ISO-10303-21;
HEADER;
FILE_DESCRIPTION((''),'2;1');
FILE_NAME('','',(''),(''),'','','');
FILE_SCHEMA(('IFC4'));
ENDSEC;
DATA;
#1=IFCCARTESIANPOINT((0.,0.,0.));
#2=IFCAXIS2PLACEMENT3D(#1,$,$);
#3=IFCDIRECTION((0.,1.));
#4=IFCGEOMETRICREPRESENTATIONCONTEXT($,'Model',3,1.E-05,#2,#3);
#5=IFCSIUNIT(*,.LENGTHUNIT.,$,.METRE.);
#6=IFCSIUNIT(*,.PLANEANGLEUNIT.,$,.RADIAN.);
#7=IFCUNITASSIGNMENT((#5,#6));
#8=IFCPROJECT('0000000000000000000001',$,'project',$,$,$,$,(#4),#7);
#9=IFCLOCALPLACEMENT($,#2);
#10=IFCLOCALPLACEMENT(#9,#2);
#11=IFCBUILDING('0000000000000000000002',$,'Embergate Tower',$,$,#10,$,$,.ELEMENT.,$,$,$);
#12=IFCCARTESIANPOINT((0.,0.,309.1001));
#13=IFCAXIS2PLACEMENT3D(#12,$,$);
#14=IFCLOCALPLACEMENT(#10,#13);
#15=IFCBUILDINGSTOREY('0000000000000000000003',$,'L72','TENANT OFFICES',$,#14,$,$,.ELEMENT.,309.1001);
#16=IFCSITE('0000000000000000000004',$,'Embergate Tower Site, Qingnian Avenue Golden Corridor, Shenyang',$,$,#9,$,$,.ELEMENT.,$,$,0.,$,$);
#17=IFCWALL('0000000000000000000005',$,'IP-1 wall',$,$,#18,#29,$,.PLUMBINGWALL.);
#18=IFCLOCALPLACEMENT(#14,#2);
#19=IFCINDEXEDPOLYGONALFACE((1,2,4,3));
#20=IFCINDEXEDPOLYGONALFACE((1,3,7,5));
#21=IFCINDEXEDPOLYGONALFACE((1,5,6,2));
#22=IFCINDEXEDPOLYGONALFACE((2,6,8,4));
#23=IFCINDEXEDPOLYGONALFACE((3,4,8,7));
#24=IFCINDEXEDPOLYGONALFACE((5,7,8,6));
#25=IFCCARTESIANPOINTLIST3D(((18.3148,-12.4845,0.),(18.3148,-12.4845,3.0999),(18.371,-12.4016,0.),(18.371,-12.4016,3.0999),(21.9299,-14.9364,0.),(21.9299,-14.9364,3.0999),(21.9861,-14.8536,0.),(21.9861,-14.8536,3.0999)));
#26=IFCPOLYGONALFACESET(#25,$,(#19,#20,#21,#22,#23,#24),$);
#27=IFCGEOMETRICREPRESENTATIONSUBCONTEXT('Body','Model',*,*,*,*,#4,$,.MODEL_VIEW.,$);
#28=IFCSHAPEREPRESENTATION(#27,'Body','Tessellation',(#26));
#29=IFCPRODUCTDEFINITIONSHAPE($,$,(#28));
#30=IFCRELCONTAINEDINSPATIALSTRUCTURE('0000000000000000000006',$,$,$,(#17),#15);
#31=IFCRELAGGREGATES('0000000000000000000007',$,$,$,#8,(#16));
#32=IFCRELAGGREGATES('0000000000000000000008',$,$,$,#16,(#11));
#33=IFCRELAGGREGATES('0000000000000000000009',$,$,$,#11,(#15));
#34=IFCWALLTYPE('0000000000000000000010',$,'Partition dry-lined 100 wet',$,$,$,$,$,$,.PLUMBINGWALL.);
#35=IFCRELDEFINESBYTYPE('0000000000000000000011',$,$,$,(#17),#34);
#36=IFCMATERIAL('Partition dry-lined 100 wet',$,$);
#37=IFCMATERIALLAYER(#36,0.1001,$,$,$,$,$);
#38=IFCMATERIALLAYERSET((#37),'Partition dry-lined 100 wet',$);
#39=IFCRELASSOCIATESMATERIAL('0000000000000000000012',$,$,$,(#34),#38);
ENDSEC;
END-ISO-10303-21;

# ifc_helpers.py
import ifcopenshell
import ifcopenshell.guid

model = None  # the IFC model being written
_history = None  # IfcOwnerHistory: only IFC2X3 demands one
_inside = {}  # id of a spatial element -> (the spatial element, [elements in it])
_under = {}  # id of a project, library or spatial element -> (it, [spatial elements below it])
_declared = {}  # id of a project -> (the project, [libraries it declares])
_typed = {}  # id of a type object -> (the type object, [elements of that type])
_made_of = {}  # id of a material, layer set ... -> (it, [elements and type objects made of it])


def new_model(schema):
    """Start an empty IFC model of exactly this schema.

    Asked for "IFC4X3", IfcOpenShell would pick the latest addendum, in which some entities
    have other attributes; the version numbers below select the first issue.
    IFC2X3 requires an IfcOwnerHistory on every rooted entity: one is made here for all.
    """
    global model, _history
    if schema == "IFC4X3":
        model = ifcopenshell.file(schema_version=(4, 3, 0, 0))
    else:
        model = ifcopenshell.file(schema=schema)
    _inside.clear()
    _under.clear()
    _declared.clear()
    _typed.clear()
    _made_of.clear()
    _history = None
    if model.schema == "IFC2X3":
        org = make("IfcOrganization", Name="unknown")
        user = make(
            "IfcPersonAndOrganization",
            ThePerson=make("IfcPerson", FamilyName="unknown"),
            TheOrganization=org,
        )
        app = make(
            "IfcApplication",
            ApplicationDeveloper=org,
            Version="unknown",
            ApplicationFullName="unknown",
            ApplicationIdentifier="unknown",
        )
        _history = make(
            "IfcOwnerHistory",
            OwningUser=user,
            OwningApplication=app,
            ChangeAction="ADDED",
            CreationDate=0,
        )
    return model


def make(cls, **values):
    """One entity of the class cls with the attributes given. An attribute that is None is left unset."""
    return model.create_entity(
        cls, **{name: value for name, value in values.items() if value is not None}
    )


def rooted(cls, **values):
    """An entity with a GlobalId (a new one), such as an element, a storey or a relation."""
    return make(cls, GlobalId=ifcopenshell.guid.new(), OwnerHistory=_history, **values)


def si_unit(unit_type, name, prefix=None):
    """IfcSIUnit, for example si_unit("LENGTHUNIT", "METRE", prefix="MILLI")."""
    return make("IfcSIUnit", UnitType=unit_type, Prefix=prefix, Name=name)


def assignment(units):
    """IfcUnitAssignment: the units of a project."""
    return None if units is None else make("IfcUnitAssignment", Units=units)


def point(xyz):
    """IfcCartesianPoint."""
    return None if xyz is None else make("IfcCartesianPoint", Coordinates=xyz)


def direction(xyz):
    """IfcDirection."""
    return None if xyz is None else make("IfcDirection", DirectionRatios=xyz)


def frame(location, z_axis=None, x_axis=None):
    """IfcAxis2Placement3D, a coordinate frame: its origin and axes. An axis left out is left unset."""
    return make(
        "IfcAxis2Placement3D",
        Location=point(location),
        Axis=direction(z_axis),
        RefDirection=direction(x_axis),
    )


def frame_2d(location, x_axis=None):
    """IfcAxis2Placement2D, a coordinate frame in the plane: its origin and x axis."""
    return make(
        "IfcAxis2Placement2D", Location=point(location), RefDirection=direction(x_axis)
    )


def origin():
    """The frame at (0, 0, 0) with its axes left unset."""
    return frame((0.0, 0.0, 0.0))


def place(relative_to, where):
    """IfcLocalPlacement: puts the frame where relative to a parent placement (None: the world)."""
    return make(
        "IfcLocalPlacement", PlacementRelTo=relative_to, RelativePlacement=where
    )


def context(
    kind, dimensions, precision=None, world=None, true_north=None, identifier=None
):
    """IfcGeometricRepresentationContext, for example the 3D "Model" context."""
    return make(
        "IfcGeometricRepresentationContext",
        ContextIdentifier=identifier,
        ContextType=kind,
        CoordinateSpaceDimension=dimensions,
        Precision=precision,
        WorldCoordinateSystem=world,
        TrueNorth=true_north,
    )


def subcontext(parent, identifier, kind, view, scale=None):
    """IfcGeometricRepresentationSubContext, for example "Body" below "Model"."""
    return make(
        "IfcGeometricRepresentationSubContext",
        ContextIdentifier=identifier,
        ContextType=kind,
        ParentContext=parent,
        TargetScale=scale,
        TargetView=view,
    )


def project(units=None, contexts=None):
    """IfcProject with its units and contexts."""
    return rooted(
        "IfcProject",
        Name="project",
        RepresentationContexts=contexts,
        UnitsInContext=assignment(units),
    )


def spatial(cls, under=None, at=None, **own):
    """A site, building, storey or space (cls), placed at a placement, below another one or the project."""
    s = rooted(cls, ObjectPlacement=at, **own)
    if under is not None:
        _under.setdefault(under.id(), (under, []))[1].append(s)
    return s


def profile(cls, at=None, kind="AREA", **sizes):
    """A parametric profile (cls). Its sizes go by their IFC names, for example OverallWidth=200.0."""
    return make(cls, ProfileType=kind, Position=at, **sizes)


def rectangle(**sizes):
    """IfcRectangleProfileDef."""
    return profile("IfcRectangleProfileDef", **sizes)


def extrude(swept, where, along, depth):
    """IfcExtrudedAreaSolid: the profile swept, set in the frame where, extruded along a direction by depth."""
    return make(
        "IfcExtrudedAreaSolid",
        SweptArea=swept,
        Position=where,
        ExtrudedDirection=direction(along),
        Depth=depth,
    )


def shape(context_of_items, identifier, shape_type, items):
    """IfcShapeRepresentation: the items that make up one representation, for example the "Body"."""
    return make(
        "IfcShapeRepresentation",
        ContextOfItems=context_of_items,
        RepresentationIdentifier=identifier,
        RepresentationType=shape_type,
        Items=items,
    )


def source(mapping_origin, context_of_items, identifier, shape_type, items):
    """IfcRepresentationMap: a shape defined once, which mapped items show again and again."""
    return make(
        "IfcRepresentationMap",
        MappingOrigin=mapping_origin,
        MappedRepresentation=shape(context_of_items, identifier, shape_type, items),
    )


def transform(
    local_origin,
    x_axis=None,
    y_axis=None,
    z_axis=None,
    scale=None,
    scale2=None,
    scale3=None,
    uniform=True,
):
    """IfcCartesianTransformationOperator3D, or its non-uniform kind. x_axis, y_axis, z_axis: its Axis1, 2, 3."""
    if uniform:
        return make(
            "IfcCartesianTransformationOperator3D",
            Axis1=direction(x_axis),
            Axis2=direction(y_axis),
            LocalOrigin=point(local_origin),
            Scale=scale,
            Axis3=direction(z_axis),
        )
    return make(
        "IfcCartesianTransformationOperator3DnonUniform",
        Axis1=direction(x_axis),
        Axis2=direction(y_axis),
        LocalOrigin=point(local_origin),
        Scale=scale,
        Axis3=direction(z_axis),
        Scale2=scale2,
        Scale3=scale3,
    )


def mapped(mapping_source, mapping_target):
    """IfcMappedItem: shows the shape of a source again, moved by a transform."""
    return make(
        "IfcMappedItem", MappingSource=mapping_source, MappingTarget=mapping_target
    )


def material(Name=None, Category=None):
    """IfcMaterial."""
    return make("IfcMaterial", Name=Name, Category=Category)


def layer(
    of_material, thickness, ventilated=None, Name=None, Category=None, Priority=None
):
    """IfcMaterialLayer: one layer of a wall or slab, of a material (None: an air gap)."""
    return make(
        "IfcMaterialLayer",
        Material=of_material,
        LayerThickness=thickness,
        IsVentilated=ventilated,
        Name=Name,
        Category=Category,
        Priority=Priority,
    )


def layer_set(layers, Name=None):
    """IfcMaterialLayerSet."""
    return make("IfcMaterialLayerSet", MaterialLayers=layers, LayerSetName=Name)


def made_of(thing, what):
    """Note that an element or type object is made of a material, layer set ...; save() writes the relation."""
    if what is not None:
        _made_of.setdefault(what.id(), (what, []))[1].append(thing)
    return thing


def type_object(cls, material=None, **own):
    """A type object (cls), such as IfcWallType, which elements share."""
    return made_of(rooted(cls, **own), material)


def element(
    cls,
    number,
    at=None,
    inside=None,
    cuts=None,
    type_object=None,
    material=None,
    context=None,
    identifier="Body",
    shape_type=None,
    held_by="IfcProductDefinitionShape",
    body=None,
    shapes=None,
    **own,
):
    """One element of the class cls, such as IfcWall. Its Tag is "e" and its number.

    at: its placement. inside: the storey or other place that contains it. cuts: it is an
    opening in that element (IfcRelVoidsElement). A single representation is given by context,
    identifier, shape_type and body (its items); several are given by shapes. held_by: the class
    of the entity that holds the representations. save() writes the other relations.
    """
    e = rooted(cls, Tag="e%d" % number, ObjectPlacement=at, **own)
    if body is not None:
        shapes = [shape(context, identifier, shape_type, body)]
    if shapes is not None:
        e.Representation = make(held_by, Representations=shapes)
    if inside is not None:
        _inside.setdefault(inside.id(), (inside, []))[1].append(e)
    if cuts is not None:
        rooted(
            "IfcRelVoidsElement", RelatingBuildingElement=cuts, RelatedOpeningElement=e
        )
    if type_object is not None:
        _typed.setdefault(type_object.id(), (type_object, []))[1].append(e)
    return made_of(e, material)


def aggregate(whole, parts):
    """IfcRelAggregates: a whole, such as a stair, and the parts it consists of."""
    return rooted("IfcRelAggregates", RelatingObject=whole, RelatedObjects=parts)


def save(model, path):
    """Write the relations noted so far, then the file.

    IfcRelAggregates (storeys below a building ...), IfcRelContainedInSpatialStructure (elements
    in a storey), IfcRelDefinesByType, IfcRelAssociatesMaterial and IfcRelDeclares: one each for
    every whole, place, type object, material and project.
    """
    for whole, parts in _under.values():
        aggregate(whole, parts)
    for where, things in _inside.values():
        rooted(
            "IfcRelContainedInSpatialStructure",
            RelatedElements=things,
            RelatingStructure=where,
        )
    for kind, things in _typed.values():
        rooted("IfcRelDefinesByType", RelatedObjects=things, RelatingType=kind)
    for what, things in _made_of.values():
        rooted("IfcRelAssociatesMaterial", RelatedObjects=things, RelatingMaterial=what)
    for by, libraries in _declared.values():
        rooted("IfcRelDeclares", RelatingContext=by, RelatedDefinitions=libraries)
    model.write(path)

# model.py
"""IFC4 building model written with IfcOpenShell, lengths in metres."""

from ifc_helpers import new_model, si_unit, direction, frame, frame_2d, origin, place, context, subcontext, project, spatial, rectangle, extrude, source, transform, mapped, material, layer, layer_set, type_object, element, save


model = new_model("IFC4")

# Units and contexts
model_context = context("Model", 3, precision=1e-05, world=origin(), true_north=direction((0.0, 1.0)))
body_context = subcontext(model_context, "Body", "Model", "MODEL_VIEW")
ifc_project = project(units=[si_unit("LENGTHUNIT", "METRE"), si_unit("PLANEANGLEUNIT", "RADIAN")], contexts=[model_context])

# Site, building, storey
site_placement = place(None, origin())
site = spatial("IfcSite", under=ifc_project, at=site_placement, Name="Embergate Tower Site, Qingnian Avenue Golden Corridor, Shenyang", CompositionType="ELEMENT", RefElevation=0.0)
building_placement = place(site_placement, origin())
building = spatial("IfcBuilding", under=site, at=building_placement, Name="Embergate Tower", CompositionType="ELEMENT")
storey_placement = place(building_placement, frame((0.0, 0.0, 309.1001)))
storey = spatial("IfcBuildingStorey", under=building, at=storey_placement, Name="L72", Description="TENANT OFFICES", CompositionType="ELEMENT", Elevation=309.1001)

# Wall
ifc_material_1 = material(Name="Partition dry-lined 100 wet")
ifc_layer_1 = layer(ifc_material_1, 0.1001)
ifc_layer_set_1 = layer_set([ifc_layer_1], Name="Partition dry-lined 100 wet")
wall_type = type_object("IfcWallType", Name="Partition dry-lined 100 wet", PredefinedType="PLUMBINGWALL", material=ifc_layer_set_1)
shared_shape_1 = source(origin(), body_context, "Body", "SweptSolid", [
    extrude(rectangle(XDim=4.3682, YDim=0.1001, at=frame_2d((2.1841, 0.0))), origin(), (0.0, 0.0, 1.0), 3.0999),
])
wall_1_placement = place(storey_placement, frame((21.958, -14.895, 0.0), z_axis=(0.0, 0.0, 1.0), x_axis=(-0.827595, 0.561325, 0.0)))
element("IfcWall", 1, at=wall_1_placement, inside=storey, type_object=wall_type, Name="IP-1 wall", PredefinedType="PLUMBINGWALL", context=body_context, shape_type="MappedRepresentation", body=[
    mapped(shared_shape_1, transform((0.0, 0.0, 0.0))),
])

save(model, "model.ifc")
